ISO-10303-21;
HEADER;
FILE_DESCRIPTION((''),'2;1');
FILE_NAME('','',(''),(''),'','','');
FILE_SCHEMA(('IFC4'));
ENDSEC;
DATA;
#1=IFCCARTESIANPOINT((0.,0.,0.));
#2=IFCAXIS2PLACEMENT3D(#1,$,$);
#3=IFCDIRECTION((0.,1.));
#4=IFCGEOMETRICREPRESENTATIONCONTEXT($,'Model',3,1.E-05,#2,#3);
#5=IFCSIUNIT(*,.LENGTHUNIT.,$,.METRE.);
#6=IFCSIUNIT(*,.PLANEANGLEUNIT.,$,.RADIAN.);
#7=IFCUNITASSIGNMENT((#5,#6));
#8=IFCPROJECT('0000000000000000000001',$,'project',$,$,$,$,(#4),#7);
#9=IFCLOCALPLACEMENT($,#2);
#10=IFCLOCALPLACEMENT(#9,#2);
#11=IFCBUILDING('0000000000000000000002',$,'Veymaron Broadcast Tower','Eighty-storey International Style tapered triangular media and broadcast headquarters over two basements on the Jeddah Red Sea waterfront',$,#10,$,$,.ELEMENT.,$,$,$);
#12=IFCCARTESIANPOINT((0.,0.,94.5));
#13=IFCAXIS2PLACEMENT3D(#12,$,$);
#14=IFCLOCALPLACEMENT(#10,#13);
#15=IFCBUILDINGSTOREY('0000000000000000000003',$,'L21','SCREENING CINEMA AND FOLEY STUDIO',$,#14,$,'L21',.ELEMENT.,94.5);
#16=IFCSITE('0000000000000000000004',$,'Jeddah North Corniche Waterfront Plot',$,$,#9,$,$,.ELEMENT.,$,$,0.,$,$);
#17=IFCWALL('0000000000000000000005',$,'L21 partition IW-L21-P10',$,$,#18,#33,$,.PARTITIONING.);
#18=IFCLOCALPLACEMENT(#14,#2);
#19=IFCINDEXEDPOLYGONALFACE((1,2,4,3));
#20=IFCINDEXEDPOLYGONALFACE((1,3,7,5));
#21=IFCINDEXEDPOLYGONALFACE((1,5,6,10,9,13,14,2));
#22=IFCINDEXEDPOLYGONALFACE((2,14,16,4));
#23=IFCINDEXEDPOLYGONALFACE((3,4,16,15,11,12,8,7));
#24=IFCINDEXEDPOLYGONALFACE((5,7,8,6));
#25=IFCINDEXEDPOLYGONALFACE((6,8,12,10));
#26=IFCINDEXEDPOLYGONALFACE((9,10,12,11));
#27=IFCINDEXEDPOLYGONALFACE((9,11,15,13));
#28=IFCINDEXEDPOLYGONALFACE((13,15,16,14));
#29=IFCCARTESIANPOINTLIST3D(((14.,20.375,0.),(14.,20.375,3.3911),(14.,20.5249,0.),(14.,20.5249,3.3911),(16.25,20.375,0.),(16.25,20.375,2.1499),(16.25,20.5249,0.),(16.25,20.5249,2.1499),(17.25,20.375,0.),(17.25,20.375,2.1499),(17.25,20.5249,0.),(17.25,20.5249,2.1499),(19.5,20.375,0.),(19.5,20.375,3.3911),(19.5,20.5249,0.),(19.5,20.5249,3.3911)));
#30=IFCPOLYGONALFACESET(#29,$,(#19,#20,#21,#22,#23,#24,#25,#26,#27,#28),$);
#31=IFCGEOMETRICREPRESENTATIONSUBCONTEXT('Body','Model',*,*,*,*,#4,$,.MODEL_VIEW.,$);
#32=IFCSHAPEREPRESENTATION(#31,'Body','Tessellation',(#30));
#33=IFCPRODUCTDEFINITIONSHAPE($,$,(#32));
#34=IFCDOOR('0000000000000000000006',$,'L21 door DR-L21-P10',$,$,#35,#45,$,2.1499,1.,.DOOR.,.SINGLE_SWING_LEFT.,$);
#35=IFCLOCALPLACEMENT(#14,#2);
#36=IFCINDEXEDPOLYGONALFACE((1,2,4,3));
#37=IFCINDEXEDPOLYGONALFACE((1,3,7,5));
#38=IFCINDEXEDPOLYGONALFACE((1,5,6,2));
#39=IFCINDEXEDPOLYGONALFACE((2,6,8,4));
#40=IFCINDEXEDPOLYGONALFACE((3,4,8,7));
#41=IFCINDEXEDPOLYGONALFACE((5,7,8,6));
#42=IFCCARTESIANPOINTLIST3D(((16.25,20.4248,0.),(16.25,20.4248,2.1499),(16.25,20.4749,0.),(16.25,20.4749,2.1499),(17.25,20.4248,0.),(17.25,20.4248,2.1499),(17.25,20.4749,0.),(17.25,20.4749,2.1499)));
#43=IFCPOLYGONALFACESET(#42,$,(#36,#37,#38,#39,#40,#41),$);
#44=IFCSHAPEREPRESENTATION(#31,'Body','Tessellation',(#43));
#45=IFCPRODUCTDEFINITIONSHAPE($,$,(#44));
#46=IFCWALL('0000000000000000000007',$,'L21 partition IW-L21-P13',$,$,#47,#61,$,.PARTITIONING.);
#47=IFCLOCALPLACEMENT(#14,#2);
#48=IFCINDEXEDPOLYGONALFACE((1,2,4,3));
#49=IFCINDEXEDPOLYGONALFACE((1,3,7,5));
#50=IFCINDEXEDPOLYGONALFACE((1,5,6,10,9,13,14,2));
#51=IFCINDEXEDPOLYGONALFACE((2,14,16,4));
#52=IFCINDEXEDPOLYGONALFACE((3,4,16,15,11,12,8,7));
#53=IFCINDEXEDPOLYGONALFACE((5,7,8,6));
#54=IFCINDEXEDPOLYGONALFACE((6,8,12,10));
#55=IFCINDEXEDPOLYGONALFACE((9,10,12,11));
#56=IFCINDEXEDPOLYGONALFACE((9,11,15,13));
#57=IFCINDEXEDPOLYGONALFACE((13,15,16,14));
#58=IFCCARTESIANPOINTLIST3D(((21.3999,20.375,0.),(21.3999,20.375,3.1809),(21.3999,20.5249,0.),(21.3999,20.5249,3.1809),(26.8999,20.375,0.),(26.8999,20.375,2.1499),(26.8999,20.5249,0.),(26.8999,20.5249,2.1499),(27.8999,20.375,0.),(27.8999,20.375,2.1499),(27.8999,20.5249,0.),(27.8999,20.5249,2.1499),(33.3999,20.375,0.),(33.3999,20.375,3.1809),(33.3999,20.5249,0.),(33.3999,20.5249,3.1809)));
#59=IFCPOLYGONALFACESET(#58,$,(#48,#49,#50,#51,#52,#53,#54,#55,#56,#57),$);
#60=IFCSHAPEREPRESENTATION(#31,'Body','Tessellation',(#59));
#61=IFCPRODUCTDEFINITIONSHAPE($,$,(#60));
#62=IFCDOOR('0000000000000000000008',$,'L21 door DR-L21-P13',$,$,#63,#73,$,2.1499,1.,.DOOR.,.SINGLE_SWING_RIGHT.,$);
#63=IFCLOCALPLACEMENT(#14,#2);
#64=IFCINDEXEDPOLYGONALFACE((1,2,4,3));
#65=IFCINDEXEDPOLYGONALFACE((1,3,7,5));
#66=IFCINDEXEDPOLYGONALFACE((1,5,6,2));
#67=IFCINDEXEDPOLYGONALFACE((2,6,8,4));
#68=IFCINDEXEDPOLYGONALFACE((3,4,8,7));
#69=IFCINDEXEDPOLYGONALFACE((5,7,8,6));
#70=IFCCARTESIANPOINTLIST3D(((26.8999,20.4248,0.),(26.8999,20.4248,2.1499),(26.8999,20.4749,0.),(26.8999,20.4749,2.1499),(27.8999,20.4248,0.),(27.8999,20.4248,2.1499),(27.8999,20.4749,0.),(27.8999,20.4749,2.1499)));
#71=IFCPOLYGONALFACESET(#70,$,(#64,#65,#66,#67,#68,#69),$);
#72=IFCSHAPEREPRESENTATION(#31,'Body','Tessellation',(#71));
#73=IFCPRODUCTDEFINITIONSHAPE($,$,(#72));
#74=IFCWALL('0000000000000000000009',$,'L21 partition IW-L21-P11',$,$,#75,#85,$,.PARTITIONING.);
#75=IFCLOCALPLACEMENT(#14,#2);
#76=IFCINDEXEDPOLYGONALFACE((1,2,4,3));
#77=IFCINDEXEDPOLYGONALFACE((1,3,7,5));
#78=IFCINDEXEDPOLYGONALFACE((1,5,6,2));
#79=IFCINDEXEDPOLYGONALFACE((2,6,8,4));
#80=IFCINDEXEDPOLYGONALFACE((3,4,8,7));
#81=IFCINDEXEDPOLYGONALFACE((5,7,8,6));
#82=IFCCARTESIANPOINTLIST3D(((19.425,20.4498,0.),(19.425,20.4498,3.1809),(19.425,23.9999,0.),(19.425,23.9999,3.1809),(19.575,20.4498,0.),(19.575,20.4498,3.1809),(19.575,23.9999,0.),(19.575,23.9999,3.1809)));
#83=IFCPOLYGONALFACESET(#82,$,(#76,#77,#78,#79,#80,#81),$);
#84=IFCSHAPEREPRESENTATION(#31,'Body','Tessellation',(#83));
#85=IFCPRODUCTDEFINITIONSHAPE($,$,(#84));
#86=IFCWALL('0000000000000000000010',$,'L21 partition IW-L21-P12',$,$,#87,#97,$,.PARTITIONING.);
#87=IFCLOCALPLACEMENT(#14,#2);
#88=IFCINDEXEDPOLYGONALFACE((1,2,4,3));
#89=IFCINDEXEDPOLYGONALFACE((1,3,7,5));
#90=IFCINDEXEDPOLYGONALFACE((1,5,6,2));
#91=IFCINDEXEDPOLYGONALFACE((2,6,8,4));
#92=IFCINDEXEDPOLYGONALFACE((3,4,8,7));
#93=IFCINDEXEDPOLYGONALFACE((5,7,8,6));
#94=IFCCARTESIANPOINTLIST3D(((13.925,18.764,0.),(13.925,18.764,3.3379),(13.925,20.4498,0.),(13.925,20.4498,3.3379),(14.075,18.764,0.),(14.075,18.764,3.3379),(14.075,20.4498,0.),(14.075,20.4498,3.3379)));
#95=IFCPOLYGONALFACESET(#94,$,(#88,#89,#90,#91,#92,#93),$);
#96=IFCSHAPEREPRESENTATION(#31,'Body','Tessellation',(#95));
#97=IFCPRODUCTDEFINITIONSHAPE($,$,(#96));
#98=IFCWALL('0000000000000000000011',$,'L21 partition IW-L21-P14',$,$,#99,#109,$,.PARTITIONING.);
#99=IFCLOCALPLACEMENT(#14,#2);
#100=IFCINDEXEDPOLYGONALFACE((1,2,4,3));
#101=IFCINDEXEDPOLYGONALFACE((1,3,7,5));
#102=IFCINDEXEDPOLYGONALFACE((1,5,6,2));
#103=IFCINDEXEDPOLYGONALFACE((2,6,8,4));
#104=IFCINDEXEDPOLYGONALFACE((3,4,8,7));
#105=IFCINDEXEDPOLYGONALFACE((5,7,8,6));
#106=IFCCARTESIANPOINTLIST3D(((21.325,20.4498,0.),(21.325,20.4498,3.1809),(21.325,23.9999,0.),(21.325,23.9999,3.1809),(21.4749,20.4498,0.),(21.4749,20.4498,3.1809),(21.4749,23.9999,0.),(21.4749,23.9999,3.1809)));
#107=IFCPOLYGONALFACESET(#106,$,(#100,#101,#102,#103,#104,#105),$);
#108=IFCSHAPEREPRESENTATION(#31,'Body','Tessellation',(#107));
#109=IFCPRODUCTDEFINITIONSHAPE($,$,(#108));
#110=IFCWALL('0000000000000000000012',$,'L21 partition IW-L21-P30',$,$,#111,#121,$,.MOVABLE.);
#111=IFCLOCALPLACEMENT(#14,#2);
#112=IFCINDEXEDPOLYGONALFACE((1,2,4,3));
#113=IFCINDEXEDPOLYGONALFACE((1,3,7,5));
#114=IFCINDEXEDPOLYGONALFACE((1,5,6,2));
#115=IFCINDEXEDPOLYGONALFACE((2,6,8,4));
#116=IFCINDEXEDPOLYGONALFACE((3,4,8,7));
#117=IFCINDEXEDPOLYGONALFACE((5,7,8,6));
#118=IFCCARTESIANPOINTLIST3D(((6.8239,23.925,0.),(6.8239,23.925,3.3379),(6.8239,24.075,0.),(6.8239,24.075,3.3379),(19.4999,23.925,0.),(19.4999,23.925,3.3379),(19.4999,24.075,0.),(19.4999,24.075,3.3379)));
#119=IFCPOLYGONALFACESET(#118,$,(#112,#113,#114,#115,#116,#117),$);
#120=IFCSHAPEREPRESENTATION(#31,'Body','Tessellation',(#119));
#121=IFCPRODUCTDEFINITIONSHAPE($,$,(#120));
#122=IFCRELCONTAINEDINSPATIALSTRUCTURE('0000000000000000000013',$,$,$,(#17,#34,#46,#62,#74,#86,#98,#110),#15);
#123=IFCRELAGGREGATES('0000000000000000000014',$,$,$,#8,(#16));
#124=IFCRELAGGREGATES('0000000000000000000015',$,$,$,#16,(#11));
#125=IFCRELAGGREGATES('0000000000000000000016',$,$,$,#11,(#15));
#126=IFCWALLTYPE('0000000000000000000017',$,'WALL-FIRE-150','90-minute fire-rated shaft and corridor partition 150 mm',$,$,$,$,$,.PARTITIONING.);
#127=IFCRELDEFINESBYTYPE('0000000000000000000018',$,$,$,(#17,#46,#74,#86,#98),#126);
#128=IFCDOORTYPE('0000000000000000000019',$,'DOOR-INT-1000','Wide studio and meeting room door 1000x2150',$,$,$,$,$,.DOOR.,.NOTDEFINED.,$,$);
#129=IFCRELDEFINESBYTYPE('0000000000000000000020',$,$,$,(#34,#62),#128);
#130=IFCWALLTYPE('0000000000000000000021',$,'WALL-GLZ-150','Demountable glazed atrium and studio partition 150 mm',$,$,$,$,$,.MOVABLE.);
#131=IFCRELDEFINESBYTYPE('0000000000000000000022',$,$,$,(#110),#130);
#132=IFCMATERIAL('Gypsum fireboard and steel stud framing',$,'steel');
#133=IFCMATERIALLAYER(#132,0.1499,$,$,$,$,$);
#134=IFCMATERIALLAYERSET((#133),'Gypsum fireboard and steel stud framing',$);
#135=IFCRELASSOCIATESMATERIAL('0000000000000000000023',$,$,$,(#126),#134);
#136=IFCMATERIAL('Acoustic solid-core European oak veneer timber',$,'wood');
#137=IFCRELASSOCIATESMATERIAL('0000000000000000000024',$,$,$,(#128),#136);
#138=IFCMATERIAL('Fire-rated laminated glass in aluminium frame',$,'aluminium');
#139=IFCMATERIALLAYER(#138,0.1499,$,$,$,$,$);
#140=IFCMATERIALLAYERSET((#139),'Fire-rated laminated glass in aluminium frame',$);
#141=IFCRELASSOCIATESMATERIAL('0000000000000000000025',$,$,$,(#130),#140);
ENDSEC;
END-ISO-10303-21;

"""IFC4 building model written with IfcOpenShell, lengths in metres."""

from ifc_helpers import new_model, si_unit, direction, frame, frame_2d, origin, place, context, subcontext, project, spatial, rectangle, extrude, material, layer, layer_set, type_object, element, fill, save


model = new_model("IFC4")

# Units and contexts
model_context = context("Model", 3, precision=1e-05, world=origin(), true_north=direction((0.0, 1.0)))
body_context = subcontext(model_context, "Body", "Model", "MODEL_VIEW")
ifc_project = project(units=[si_unit("LENGTHUNIT", "METRE"), si_unit("PLANEANGLEUNIT", "RADIAN")], contexts=[model_context])

# Site, building, storey
site_placement = place(None, origin())
site = spatial("IfcSite", under=ifc_project, at=site_placement, Name="Jeddah North Corniche Waterfront Plot", CompositionType="ELEMENT", RefElevation=0.0)
building_placement = place(site_placement, origin())
building = spatial("IfcBuilding", under=site, at=building_placement, Name="Veymaron Broadcast Tower", Description="Eighty-storey International Style tapered triangular media and broadcast headquarters over two basements on the Jeddah Red Sea waterfront", CompositionType="ELEMENT")
storey_placement = place(building_placement, frame((0.0, 0.0, 94.5)))
storey = spatial("IfcBuildingStorey", under=building, at=storey_placement, Name="L21", Description="SCREENING CINEMA AND FOLEY STUDIO", LongName="L21", CompositionType="ELEMENT", Elevation=94.5)

# Walls, openings, doors
ifc_material_1 = material(Name="Gypsum fireboard and steel stud framing", Category="steel")
ifc_layer_1 = layer(ifc_material_1, 0.1499)
ifc_layer_set_1 = layer_set([ifc_layer_1], Name="Gypsum fireboard and steel stud framing")
wall_type_1 = type_object("IfcWallType", Name="WALL-FIRE-150", Description="90-minute fire-rated shaft and corridor partition 150 mm", PredefinedType="PARTITIONING", material=ifc_layer_set_1)
ifc_material_2 = material(Name="Acoustic solid-core European oak veneer timber", Category="wood")
door_type = type_object("IfcDoorType", Name="DOOR-INT-1000", Description="Wide studio and meeting room door 1000x2150", OperationType="NOTDEFINED", PredefinedType="DOOR", material=ifc_material_2)
wall_1_placement = place(storey_placement, frame((14.0, 20.45, 0.0), z_axis=(0.0, 0.0, 1.0), x_axis=(1.0, 0.0, 0.0)))
wall_1 = element("IfcWall", 1, at=wall_1_placement, inside=storey, type_object=wall_type_1, Name="L21 partition IW-L21-P10", PredefinedType="PARTITIONING", context=body_context, shape_type="SweptSolid", body=[
    extrude(rectangle(XDim=5.5, YDim=0.1499, at=frame_2d((2.75, 0.0))), origin(), (0.0, 0.0, 1.0), 3.3911),
])
opening_1_placement = place(wall_1_placement, frame((2.25, 0.0, 0.0)))
opening_1 = element("IfcOpeningElement", 2, at=opening_1_placement, cuts=wall_1, PredefinedType="OPENING", context=body_context, shape_type="SweptSolid", body=[
    extrude(rectangle(XDim=1.0, YDim=2.1499, at=frame_2d((0.5, 1.075))), frame((0.0, 0.085, 0.0), z_axis=(0.0, -1.0, 0.0), x_axis=(1.0, 0.0, 0.0)), (0.0, 0.0, 1.0), 0.1699),
])
door_1_placement = place(opening_1_placement, origin())
door_1 = element("IfcDoor", 3, at=door_1_placement, inside=storey, type_object=door_type, Name="L21 door DR-L21-P10", OperationType="SINGLE_SWING_LEFT", OverallHeight=2.1499, OverallWidth=1.0, PredefinedType="DOOR", context=body_context, shape_type="SweptSolid", body=[
    extrude(rectangle(XDim=1.0, YDim=2.1499, at=frame_2d((0.5, 1.075))), frame((0.0, 0.0249, 0.0), z_axis=(0.0, -1.0, 0.0), x_axis=(1.0, 0.0, 0.0)), (0.0, 0.0, 1.0), 0.05),
])
fill(opening_1, door_1)
wall_2_placement = place(storey_placement, frame((21.3999, 20.45, 0.0), z_axis=(0.0, 0.0, 1.0), x_axis=(1.0, 0.0, 0.0)))
wall_2 = element("IfcWall", 4, at=wall_2_placement, inside=storey, type_object=wall_type_1, Name="L21 partition IW-L21-P13", PredefinedType="PARTITIONING", context=body_context, shape_type="SweptSolid", body=[
    extrude(rectangle(XDim=12.0, YDim=0.1499, at=frame_2d((6.0, 0.0))), origin(), (0.0, 0.0, 1.0), 3.1809),
])
opening_2_placement = place(wall_2_placement, frame((5.5, 0.0, 0.0)))
opening_2 = element("IfcOpeningElement", 5, at=opening_2_placement, cuts=wall_2, PredefinedType="OPENING", context=body_context, shape_type="SweptSolid", body=[
    extrude(rectangle(XDim=1.0, YDim=2.1499, at=frame_2d((0.5, 1.075))), frame((0.0, 0.085, 0.0), z_axis=(0.0, -1.0, 0.0), x_axis=(1.0, 0.0, 0.0)), (0.0, 0.0, 1.0), 0.1699),
])
door_2_placement = place(opening_2_placement, origin())
door_2 = element("IfcDoor", 6, at=door_2_placement, inside=storey, type_object=door_type, Name="L21 door DR-L21-P13", OperationType="SINGLE_SWING_RIGHT", OverallHeight=2.1499, OverallWidth=1.0, PredefinedType="DOOR", context=body_context, shape_type="SweptSolid", body=[
    extrude(rectangle(XDim=1.0, YDim=2.1499, at=frame_2d((0.5, 1.075))), frame((0.0, 0.0249, 0.0), z_axis=(0.0, -1.0, 0.0), x_axis=(1.0, 0.0, 0.0)), (0.0, 0.0, 1.0), 0.05),
])
fill(opening_2, door_2)

# Walls
wall_3_placement = place(storey_placement, frame((19.5, 20.45, 0.0), z_axis=(0.0, 0.0, 1.0), x_axis=(0.0, 1.0, 0.0)))
element("IfcWall", 7, at=wall_3_placement, inside=storey, type_object=wall_type_1, Name="L21 partition IW-L21-P11", PredefinedType="PARTITIONING", context=body_context, shape_type="SweptSolid", body=[
    extrude(rectangle(XDim=3.55, YDim=0.1499, at=frame_2d((1.7749, 0.0))), origin(), (0.0, 0.0, 1.0), 3.1809),
])
wall_4_placement = place(storey_placement, frame((14.0, 18.7642, 0.0), z_axis=(0.0, 0.0, 1.0), x_axis=(0.0, 1.0, 0.0)))
element("IfcWall", 8, at=wall_4_placement, inside=storey, type_object=wall_type_1, Name="L21 partition IW-L21-P12", PredefinedType="PARTITIONING", context=body_context, shape_type="SweptSolid", body=[
    extrude(rectangle(XDim=1.6858, YDim=0.1499, at=frame_2d((0.8428, 0.0))), origin(), (0.0, 0.0, 1.0), 3.3379),
])
wall_5_placement = place(storey_placement, frame((21.3999, 20.45, 0.0), z_axis=(0.0, 0.0, 1.0), x_axis=(0.0, 1.0, 0.0)))
element("IfcWall", 9, at=wall_5_placement, inside=storey, type_object=wall_type_1, Name="L21 partition IW-L21-P14", PredefinedType="PARTITIONING", context=body_context, shape_type="SweptSolid", body=[
    extrude(rectangle(XDim=3.55, YDim=0.1499, at=frame_2d((1.7749, 0.0))), origin(), (0.0, 0.0, 1.0), 3.1809),
])
ifc_material_3 = material(Name="Fire-rated laminated glass in aluminium frame", Category="aluminium")
ifc_layer_2 = layer(ifc_material_3, 0.1499)
ifc_layer_set_2 = layer_set([ifc_layer_2], Name="Fire-rated laminated glass in aluminium frame")
wall_type_2 = type_object("IfcWallType", Name="WALL-GLZ-150", Description="Demountable glazed atrium and studio partition 150 mm", PredefinedType="MOVABLE", material=ifc_layer_set_2)
wall_6_placement = place(storey_placement, frame((6.824, 24.0, 0.0), z_axis=(0.0, 0.0, 1.0), x_axis=(1.0, 0.0, 0.0)))
element("IfcWall", 10, at=wall_6_placement, inside=storey, type_object=wall_type_2, Name="L21 partition IW-L21-P30", PredefinedType="MOVABLE", context=body_context, shape_type="SweptSolid", body=[
    extrude(rectangle(XDim=12.676, YDim=0.1499, at=frame_2d((6.3379, 0.0))), origin(), (0.0, 0.0, 1.0), 3.3379),
])

save(model, "model.ifc")
